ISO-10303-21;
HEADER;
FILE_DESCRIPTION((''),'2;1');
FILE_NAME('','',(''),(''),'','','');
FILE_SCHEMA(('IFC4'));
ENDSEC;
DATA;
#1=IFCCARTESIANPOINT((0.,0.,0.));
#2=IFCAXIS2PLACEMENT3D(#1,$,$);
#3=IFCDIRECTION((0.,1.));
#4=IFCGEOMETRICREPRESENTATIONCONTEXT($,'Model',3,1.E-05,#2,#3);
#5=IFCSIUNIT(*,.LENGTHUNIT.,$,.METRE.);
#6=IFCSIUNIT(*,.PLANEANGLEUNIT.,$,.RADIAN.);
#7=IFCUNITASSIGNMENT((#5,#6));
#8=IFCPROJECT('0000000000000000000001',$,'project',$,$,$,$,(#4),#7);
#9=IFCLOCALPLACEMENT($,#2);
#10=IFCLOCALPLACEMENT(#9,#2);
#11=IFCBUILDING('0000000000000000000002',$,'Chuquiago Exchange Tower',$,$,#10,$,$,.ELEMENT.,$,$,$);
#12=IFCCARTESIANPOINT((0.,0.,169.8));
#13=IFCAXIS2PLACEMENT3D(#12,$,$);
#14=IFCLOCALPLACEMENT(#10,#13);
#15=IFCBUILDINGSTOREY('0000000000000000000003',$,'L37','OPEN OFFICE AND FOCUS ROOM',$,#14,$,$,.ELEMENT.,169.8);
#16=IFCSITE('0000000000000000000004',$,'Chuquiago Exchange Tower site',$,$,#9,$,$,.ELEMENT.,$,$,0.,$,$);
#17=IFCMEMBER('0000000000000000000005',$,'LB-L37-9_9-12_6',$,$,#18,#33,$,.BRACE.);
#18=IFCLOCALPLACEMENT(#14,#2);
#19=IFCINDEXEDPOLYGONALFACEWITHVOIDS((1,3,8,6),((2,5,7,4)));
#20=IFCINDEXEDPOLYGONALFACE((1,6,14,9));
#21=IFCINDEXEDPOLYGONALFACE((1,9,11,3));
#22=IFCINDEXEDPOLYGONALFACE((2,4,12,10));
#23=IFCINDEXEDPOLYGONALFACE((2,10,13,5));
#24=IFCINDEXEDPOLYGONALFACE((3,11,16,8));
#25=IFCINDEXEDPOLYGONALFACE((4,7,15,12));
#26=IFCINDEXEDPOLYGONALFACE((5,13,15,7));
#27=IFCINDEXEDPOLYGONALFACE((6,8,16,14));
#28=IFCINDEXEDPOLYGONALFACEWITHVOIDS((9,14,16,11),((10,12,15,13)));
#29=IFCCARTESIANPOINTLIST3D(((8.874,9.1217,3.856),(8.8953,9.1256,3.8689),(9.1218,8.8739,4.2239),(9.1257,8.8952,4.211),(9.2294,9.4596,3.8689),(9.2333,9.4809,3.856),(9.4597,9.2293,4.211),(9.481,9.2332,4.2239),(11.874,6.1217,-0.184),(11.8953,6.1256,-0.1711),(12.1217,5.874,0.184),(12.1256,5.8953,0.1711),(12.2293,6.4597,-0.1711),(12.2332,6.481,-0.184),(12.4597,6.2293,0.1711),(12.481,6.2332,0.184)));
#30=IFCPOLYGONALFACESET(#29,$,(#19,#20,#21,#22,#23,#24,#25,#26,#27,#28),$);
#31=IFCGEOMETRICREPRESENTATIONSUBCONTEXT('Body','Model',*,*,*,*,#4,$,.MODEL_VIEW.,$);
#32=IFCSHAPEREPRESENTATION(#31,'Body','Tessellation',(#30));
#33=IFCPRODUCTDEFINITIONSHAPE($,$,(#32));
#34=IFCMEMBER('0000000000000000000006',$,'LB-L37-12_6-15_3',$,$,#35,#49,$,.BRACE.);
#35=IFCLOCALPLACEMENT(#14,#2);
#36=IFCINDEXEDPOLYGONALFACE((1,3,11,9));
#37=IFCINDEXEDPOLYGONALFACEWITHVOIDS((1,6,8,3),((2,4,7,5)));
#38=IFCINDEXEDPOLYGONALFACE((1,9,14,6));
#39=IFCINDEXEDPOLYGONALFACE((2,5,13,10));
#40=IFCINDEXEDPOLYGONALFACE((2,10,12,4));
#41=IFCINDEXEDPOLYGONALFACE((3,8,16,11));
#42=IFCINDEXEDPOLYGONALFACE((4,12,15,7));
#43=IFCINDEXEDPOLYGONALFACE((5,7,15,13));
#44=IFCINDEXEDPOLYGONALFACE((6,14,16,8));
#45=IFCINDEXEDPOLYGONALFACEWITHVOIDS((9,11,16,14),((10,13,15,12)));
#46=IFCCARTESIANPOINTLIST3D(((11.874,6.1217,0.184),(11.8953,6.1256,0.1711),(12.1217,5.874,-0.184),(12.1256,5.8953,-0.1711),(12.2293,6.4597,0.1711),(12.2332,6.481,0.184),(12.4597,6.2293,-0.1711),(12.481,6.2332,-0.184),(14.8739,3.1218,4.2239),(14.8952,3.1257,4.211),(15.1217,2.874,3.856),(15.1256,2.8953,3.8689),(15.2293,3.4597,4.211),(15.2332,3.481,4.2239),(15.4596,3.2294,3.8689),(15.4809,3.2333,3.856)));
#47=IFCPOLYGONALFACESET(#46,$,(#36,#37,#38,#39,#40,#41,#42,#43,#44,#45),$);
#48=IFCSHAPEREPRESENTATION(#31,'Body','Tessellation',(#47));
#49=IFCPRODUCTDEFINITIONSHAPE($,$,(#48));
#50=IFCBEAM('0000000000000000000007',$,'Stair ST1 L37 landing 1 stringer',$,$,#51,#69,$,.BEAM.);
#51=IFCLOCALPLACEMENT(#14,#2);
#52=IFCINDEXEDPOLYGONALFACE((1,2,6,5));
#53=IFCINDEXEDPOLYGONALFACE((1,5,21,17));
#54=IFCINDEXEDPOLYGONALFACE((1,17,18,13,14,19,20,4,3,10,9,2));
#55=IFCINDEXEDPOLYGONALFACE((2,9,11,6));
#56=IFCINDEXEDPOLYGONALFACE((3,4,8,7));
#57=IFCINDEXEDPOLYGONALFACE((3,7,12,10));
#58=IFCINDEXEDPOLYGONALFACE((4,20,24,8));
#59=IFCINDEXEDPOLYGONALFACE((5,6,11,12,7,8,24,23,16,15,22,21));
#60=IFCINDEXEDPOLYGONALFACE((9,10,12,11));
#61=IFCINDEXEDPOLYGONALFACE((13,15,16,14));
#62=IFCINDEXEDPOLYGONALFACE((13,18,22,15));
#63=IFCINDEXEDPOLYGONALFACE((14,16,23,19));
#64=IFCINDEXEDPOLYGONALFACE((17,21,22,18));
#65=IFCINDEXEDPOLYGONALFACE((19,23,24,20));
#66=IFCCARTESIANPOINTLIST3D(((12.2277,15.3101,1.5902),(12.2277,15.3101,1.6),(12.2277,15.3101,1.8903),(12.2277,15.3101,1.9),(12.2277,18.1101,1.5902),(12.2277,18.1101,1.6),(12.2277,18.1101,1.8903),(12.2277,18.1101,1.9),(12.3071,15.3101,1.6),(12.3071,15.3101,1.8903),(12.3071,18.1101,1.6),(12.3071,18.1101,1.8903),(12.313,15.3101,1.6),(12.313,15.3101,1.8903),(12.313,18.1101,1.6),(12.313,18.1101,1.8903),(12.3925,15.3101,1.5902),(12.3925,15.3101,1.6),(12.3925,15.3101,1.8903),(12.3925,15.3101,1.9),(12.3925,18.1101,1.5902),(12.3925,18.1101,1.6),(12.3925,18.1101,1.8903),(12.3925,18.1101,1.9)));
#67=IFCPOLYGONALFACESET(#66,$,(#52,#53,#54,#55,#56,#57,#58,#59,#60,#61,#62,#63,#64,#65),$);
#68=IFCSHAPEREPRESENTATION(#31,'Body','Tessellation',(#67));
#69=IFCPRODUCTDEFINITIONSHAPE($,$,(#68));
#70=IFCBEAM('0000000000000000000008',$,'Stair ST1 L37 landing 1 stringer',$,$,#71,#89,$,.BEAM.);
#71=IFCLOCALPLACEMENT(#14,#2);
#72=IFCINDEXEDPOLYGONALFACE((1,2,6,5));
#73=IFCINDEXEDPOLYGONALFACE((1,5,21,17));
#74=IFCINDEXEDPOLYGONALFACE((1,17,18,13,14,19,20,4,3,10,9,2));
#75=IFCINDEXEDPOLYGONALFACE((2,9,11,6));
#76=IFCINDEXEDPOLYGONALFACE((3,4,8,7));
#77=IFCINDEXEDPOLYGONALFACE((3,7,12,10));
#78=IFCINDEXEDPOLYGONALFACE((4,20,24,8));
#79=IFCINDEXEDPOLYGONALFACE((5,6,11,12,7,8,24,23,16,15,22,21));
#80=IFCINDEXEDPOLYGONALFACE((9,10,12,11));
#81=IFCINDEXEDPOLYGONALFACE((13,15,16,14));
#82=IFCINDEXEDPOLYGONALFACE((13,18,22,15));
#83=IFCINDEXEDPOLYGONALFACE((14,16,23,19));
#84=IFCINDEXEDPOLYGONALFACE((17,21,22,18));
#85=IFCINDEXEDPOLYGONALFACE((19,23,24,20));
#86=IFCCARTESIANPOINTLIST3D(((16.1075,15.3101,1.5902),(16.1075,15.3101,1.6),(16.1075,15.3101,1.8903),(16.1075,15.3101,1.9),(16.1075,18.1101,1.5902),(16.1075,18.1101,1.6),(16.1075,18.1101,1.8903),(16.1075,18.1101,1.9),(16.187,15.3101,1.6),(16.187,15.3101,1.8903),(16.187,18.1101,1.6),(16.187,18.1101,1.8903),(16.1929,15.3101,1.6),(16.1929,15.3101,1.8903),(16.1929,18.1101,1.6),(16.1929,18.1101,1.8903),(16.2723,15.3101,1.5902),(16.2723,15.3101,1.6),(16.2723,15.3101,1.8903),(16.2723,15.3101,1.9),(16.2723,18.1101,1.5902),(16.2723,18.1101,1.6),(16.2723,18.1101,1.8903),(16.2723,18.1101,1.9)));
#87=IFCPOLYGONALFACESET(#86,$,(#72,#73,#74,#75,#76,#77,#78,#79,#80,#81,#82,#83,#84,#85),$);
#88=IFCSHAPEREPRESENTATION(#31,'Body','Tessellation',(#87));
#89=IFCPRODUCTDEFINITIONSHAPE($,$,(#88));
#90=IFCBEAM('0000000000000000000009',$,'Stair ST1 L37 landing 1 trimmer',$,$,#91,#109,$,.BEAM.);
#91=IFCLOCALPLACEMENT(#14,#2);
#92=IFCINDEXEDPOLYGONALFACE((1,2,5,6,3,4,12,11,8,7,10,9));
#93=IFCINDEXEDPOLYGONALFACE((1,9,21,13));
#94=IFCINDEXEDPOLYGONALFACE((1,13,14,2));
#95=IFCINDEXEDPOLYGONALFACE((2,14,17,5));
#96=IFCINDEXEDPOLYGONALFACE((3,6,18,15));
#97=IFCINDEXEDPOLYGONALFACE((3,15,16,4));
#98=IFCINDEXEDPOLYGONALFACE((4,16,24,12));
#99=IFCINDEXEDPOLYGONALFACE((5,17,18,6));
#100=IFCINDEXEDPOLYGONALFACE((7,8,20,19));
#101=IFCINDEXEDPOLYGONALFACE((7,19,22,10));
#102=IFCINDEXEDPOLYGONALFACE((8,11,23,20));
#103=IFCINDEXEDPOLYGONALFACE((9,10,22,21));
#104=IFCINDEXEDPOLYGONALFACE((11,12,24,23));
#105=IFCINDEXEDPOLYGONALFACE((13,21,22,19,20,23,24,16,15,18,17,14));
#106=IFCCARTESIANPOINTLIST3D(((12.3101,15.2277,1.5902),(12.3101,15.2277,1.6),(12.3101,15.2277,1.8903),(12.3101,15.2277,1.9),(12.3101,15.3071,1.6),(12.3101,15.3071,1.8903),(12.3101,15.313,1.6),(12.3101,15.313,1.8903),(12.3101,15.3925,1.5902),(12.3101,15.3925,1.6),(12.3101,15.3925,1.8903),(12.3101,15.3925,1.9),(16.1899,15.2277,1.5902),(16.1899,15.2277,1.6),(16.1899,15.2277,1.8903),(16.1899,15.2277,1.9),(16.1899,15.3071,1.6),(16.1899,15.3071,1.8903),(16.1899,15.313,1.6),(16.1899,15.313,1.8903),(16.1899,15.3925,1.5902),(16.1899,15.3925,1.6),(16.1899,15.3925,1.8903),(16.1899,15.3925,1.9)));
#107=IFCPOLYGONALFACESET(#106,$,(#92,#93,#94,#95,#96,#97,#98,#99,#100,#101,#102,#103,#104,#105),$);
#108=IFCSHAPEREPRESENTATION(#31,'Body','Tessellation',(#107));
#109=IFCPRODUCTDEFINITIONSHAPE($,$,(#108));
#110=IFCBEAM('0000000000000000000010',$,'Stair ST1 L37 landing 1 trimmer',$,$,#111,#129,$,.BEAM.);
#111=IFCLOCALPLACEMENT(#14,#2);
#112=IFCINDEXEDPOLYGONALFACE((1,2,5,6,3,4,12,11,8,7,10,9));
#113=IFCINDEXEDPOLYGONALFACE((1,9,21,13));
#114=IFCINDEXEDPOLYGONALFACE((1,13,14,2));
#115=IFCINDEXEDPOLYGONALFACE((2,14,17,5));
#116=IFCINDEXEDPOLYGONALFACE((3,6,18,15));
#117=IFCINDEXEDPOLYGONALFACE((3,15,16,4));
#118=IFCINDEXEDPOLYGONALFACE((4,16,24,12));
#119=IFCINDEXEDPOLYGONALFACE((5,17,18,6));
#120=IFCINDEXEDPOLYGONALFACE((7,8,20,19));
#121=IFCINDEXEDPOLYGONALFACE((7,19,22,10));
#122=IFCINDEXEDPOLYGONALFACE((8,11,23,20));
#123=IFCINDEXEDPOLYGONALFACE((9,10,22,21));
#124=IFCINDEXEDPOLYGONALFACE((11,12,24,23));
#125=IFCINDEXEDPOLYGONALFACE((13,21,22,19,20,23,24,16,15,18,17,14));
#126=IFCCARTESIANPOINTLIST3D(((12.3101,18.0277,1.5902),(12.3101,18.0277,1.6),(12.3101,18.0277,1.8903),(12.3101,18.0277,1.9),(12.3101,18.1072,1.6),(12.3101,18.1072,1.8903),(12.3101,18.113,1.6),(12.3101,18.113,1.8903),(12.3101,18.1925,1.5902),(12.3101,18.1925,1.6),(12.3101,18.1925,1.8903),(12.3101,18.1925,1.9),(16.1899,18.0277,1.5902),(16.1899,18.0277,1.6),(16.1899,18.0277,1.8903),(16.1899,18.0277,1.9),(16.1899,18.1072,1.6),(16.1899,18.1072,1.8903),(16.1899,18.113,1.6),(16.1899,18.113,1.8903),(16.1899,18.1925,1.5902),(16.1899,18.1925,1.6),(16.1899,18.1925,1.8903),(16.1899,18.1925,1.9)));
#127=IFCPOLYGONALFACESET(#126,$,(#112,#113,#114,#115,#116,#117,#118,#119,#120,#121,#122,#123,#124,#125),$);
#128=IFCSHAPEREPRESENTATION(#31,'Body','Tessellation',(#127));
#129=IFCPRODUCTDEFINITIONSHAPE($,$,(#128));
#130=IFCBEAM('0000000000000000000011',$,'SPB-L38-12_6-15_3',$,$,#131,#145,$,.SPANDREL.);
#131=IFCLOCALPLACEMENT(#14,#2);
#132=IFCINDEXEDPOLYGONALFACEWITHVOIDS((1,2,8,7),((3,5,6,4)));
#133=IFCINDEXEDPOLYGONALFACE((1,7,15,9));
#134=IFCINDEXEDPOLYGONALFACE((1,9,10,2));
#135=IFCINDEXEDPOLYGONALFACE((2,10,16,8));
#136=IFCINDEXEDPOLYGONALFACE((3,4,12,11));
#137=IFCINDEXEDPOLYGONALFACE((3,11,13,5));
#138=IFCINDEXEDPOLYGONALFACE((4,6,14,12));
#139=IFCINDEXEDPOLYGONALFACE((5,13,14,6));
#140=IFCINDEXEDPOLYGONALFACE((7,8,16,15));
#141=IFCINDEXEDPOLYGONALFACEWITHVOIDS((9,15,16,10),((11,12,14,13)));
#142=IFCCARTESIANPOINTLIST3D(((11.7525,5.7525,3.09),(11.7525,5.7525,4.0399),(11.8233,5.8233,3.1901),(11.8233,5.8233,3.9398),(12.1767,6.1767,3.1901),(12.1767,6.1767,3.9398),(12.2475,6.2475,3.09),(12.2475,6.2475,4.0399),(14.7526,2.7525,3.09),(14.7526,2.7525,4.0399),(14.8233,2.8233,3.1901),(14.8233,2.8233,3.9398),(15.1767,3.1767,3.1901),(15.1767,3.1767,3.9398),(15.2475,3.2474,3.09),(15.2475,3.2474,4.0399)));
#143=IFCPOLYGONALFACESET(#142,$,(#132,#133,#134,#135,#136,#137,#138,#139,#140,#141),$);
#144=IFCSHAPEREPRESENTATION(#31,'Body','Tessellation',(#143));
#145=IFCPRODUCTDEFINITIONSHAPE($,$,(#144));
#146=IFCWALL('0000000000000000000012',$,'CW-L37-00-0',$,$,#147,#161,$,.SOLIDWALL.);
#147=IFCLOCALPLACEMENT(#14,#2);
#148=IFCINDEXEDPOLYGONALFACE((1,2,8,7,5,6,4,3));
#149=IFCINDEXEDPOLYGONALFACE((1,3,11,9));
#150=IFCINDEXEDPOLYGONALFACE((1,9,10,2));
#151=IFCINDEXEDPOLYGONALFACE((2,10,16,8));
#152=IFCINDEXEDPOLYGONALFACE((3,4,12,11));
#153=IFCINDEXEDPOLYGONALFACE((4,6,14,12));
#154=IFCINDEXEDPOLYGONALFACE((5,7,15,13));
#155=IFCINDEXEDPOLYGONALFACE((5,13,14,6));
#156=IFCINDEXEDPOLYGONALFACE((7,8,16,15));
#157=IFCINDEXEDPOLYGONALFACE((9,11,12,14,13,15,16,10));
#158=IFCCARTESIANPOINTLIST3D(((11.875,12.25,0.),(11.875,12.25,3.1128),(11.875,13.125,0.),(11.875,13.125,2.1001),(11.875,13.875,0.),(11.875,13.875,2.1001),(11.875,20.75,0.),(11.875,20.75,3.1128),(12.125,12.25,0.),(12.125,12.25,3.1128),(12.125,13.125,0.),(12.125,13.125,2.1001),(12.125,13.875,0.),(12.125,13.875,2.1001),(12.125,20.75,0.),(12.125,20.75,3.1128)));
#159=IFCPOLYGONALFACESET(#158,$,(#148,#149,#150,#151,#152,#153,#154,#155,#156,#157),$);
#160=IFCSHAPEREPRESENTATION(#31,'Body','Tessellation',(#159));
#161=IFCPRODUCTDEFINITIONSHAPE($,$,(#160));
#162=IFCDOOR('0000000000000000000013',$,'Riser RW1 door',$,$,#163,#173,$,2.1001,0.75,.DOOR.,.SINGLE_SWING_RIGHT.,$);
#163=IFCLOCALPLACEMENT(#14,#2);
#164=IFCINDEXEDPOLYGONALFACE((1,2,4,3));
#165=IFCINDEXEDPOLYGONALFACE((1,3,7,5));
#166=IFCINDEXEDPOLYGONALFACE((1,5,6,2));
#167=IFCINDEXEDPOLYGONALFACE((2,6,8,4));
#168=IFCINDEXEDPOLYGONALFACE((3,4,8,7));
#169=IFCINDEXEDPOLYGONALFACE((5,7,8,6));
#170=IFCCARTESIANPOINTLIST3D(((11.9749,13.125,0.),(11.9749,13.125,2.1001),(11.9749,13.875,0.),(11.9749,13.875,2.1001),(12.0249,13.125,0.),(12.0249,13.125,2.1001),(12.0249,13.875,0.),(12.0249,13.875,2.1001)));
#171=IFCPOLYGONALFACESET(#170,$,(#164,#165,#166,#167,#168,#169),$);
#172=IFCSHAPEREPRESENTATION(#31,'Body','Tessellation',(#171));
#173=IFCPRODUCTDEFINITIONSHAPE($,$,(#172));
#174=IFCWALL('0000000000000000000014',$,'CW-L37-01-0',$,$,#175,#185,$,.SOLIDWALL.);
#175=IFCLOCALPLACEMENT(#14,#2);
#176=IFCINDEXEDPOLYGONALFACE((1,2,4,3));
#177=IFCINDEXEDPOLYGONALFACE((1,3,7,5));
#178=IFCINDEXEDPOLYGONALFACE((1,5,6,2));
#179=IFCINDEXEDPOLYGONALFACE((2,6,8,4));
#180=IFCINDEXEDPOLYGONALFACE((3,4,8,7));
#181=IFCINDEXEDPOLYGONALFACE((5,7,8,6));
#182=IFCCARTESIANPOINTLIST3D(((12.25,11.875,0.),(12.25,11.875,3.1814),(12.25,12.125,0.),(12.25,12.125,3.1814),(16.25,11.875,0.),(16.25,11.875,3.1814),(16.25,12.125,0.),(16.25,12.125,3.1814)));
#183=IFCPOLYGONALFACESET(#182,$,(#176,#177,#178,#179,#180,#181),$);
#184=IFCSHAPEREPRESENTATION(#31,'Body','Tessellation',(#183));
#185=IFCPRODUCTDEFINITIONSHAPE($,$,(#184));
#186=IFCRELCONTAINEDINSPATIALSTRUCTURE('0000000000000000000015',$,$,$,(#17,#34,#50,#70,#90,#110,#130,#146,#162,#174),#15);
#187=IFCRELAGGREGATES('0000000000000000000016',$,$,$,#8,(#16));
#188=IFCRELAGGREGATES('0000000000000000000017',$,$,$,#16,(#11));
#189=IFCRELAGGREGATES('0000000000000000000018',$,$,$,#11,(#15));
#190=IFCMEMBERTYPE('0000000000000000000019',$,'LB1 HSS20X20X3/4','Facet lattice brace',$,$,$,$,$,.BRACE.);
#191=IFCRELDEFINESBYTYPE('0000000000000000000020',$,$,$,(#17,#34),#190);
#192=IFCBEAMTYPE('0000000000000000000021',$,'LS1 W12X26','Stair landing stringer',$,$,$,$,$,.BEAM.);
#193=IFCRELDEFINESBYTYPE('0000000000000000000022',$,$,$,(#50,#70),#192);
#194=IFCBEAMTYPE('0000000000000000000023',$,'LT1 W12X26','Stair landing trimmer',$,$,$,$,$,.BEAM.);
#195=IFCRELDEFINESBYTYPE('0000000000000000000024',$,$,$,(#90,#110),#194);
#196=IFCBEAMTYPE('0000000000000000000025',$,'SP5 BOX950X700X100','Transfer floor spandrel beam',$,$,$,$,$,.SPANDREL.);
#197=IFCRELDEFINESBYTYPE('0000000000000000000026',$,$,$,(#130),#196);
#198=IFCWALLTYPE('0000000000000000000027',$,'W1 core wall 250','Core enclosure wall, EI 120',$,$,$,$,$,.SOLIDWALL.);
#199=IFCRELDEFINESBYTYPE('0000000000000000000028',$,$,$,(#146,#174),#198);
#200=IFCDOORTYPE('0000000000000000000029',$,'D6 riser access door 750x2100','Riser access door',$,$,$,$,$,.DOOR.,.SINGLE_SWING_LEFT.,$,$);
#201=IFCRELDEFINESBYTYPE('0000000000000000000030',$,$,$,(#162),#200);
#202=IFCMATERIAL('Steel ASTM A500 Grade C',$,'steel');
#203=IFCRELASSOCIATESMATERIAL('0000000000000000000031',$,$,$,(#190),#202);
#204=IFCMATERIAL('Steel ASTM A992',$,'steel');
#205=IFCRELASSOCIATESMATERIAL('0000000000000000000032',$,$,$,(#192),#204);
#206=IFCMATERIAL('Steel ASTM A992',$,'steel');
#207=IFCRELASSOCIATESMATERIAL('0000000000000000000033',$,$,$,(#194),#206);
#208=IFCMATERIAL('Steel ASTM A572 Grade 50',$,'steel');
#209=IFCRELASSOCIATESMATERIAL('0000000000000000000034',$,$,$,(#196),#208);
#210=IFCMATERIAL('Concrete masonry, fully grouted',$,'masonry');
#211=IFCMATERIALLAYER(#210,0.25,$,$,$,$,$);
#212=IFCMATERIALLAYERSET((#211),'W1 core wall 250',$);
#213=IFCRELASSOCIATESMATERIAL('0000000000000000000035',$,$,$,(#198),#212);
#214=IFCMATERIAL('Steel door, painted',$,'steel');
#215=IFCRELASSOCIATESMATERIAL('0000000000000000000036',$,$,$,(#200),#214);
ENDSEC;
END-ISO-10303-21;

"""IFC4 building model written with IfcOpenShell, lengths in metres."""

from ifc_helpers import new_model, si_unit, direction, frame, frame_2d, origin, origin_2d, place, context, subcontext, project, spatial, rectangle, hollow_rectangle, i_section, extrude, material, layer, layer_set, material_profile, profile_set, type_object, element, fill, save


model = new_model("IFC4")

# Units and contexts
model_context = context("Model", 3, precision=1e-05, world=origin(), true_north=direction((0.0, 1.0)))
body_context = subcontext(model_context, "Body", "Model", "MODEL_VIEW")
ifc_project = project(units=[si_unit("LENGTHUNIT", "METRE"), si_unit("PLANEANGLEUNIT", "RADIAN")], contexts=[model_context])

# Site, building, storey
site_placement = place(None, origin())
site = spatial("IfcSite", under=ifc_project, at=site_placement, Name="Chuquiago Exchange Tower site", CompositionType="ELEMENT", RefElevation=0.0)
building_placement = place(site_placement, origin())
building = spatial("IfcBuilding", under=site, at=building_placement, Name="Chuquiago Exchange Tower", CompositionType="ELEMENT")
storey_placement = place(building_placement, frame((0.0, 0.0, 169.8)))
storey = spatial("IfcBuildingStorey", under=building, at=storey_placement, Name="L37", Description="OPEN OFFICE AND FOCUS ROOM", CompositionType="ELEMENT", Elevation=169.8)

# Members
ifc_material_1 = material(Name="Steel ASTM A500 Grade C", Category="steel")
ifc_material_profile_1 = material_profile(ifc_material_1, hollow_rectangle(XDim=0.5081, YDim=0.5081, WallThickness=0.0178, at=origin_2d()), Name="HSS20X20X3/4")
ifc_profile_set_1 = profile_set([ifc_material_profile_1], Name="Steel ASTM A500 Grade C")
member_type_1 = type_object("IfcMemberType", Name="LB1 HSS20X20X3/4", Description="Facet lattice brace", PredefinedType="BRACE", material=ifc_profile_set_1)
for number, where, z_axis, x_axis, name in (
    (1, (12.1775, 6.1775, 0.0), (-0.512077, 0.512077, 0.689604), (-0.707107, -0.707107, 0.0), "LB-L37-9_9-12_6"),
    (2, (12.1775, 6.1775, 0.0), (0.512077, -0.512077, 0.689604), (0.707107, 0.707107, 0.0), "LB-L37-12_6-15_3"),
):
    element("IfcMember", number, at=place(storey_placement, frame(where, z_axis=z_axis, x_axis=x_axis)), inside=storey, type_object=member_type_1, Name=name, PredefinedType="BRACE", context=body_context, shape_type="SweptSolid", body=[
        extrude(hollow_rectangle(XDim=0.5081, YDim=0.5081, WallThickness=0.0178, at=origin_2d()), origin(), (0.0, 0.0, 1.0), 5.8584),
    ])

# Beams
ifc_material_2 = material(Name="Steel ASTM A992", Category="steel")
ifc_material_profile_2 = material_profile(ifc_material_2, i_section(OverallWidth=0.1648, OverallDepth=0.3098, WebThickness=0.0059, FlangeThickness=0.0098, at=origin_2d()), Name="W12X26")
ifc_profile_set_2 = profile_set([ifc_material_profile_2], Name="Steel ASTM A992")
beam_type_1 = type_object("IfcBeamType", Name="LS1 W12X26", Description="Stair landing stringer", PredefinedType="BEAM", material=ifc_profile_set_2)
for number, where, z_axis, x_axis, name in (
    (3, (12.3101, 15.3101, 1.7451), (0.0, 1.0, 0.0), (-1.0, 0.0, 0.0), "Stair ST1 L37 landing 1 stringer"),
    (4, (16.1899, 15.3101, 1.7451), (0.0, 1.0, 0.0), (-1.0, 0.0, 0.0), "Stair ST1 L37 landing 1 stringer"),
):
    element("IfcBeam", number, at=place(storey_placement, frame(where, z_axis=z_axis, x_axis=x_axis)), inside=storey, type_object=beam_type_1, Name=name, PredefinedType="BEAM", context=body_context, shape_type="SweptSolid", body=[
        extrude(i_section(OverallWidth=0.1648, OverallDepth=0.3098, WebThickness=0.0059, FlangeThickness=0.0098, at=origin_2d()), origin(), (0.0, 0.0, 1.0), 2.8),
    ])
ifc_material_3 = material(Name="Steel ASTM A992", Category="steel")
ifc_material_profile_3 = material_profile(ifc_material_3, i_section(OverallWidth=0.1648, OverallDepth=0.3098, WebThickness=0.0059, FlangeThickness=0.0098, at=origin_2d()), Name="W12X26")
ifc_profile_set_3 = profile_set([ifc_material_profile_3], Name="Steel ASTM A992")
beam_type_2 = type_object("IfcBeamType", Name="LT1 W12X26", Description="Stair landing trimmer", PredefinedType="BEAM", material=ifc_profile_set_3)
for number, where, z_axis, x_axis, name in (
    (5, (12.3101, 15.3101, 1.7451), (1.0, 0.0, 0.0), (0.0, 1.0, 0.0), "Stair ST1 L37 landing 1 trimmer"),
    (6, (12.3101, 18.1101, 1.7451), (1.0, 0.0, 0.0), (0.0, 1.0, 0.0), "Stair ST1 L37 landing 1 trimmer"),
):
    element("IfcBeam", number, at=place(storey_placement, frame(where, z_axis=z_axis, x_axis=x_axis)), inside=storey, type_object=beam_type_2, Name=name, PredefinedType="BEAM", context=body_context, shape_type="SweptSolid", body=[
        extrude(i_section(OverallWidth=0.1648, OverallDepth=0.3098, WebThickness=0.0059, FlangeThickness=0.0098, at=origin_2d()), origin(), (0.0, 0.0, 1.0), 3.8799),
    ])
ifc_material_4 = material(Name="Steel ASTM A572 Grade 50", Category="steel")
ifc_material_profile_4 = material_profile(ifc_material_4, hollow_rectangle(XDim=0.7, YDim=0.95, WallThickness=0.1001, at=origin_2d()), Name="BOX950X700X100")
ifc_profile_set_4 = profile_set([ifc_material_profile_4], Name="Steel ASTM A572 Grade 50")
beam_type_3 = type_object("IfcBeamType", Name="SP5 BOX950X700X100", Description="Transfer floor spandrel beam", PredefinedType="SPANDREL", material=ifc_profile_set_4)
beam_1_placement = place(storey_placement, frame((12.0, 6.0, 3.5649), z_axis=(0.707107, -0.707107, 0.0), x_axis=(0.707107, 0.707107, 0.0)))
element("IfcBeam", 7, at=beam_1_placement, inside=storey, type_object=beam_type_3, Name="SPB-L38-12_6-15_3", PredefinedType="SPANDREL", context=body_context, shape_type="SweptSolid", body=[
    extrude(hollow_rectangle(XDim=0.7, YDim=0.95, WallThickness=0.1001, at=origin_2d()), origin(), (0.0, 0.0, 1.0), 4.2427),
])

# Wall, opening, door
ifc_material_5 = material(Name="Concrete masonry, fully grouted", Category="masonry")
ifc_layer_1 = layer(ifc_material_5, 0.25)
ifc_layer_set_1 = layer_set([ifc_layer_1], Name="W1 core wall 250")
wall_type_1 = type_object("IfcWallType", Name="W1 core wall 250", Description="Core enclosure wall, EI 120", PredefinedType="SOLIDWALL", material=ifc_layer_set_1)
wall_1_placement = place(storey_placement, frame((12.0, 12.25, 0.0), z_axis=(0.0, 0.0, 1.0), x_axis=(0.0, 1.0, 0.0)))
wall_1 = element("IfcWall", 8, at=wall_1_placement, inside=storey, type_object=wall_type_1, Name="CW-L37-00-0", PredefinedType="SOLIDWALL", context=body_context, shape_type="SweptSolid", body=[
    extrude(rectangle(XDim=8.5, YDim=0.25, at=frame_2d((4.25, 0.0))), origin(), (0.0, 0.0, 1.0), 3.1128),
])
opening_placement = place(wall_1_placement, frame((0.875, 0.0, 0.0)))
opening = element("IfcOpeningElement", 9, at=opening_placement, cuts=wall_1, PredefinedType="OPENING", context=body_context, shape_type="SweptSolid", body=[
    extrude(rectangle(XDim=0.75, YDim=2.1001, at=frame_2d((0.375, 1.05))), frame((0.0, 0.135, 0.0), z_axis=(0.0, -1.0, 0.0), x_axis=(1.0, 0.0, 0.0)), (0.0, 0.0, 1.0), 0.27),
])
ifc_material_6 = material(Name="Steel door, painted", Category="steel")
door_type = type_object("IfcDoorType", Name="D6 riser access door 750x2100", Description="Riser access door", OperationType="SINGLE_SWING_LEFT", PredefinedType="DOOR", material=ifc_material_6)
door_placement = place(opening_placement, frame((0.75, 0.0, 0.0), z_axis=(0.0, 0.0, 1.0), x_axis=(-1.0, 0.0, 0.0)))
door = element("IfcDoor", 10, at=door_placement, inside=storey, type_object=door_type, Name="Riser RW1 door", OperationType="SINGLE_SWING_RIGHT", OverallHeight=2.1001, OverallWidth=0.75, PredefinedType="DOOR", context=body_context, shape_type="SweptSolid", body=[
    extrude(rectangle(XDim=0.75, YDim=2.1001, at=frame_2d((0.375, 1.05))), frame((0.0, 0.0249, 0.0), z_axis=(0.0, -1.0, 0.0), x_axis=(1.0, 0.0, 0.0)), (0.0, 0.0, 1.0), 0.05),
])
fill(opening, door)

# Wall
wall_2_placement = place(storey_placement, frame((12.25, 12.0, 0.0), z_axis=(0.0, 0.0, 1.0), x_axis=(1.0, 0.0, 0.0)))
element("IfcWall", 11, at=wall_2_placement, inside=storey, type_object=wall_type_1, Name="CW-L37-01-0", PredefinedType="SOLIDWALL", context=body_context, shape_type="SweptSolid", body=[
    extrude(rectangle(XDim=4.0, YDim=0.25, at=frame_2d((2.0, 0.0))), origin(), (0.0, 0.0, 1.0), 3.1814),
])

save(model, "model.ifc")
